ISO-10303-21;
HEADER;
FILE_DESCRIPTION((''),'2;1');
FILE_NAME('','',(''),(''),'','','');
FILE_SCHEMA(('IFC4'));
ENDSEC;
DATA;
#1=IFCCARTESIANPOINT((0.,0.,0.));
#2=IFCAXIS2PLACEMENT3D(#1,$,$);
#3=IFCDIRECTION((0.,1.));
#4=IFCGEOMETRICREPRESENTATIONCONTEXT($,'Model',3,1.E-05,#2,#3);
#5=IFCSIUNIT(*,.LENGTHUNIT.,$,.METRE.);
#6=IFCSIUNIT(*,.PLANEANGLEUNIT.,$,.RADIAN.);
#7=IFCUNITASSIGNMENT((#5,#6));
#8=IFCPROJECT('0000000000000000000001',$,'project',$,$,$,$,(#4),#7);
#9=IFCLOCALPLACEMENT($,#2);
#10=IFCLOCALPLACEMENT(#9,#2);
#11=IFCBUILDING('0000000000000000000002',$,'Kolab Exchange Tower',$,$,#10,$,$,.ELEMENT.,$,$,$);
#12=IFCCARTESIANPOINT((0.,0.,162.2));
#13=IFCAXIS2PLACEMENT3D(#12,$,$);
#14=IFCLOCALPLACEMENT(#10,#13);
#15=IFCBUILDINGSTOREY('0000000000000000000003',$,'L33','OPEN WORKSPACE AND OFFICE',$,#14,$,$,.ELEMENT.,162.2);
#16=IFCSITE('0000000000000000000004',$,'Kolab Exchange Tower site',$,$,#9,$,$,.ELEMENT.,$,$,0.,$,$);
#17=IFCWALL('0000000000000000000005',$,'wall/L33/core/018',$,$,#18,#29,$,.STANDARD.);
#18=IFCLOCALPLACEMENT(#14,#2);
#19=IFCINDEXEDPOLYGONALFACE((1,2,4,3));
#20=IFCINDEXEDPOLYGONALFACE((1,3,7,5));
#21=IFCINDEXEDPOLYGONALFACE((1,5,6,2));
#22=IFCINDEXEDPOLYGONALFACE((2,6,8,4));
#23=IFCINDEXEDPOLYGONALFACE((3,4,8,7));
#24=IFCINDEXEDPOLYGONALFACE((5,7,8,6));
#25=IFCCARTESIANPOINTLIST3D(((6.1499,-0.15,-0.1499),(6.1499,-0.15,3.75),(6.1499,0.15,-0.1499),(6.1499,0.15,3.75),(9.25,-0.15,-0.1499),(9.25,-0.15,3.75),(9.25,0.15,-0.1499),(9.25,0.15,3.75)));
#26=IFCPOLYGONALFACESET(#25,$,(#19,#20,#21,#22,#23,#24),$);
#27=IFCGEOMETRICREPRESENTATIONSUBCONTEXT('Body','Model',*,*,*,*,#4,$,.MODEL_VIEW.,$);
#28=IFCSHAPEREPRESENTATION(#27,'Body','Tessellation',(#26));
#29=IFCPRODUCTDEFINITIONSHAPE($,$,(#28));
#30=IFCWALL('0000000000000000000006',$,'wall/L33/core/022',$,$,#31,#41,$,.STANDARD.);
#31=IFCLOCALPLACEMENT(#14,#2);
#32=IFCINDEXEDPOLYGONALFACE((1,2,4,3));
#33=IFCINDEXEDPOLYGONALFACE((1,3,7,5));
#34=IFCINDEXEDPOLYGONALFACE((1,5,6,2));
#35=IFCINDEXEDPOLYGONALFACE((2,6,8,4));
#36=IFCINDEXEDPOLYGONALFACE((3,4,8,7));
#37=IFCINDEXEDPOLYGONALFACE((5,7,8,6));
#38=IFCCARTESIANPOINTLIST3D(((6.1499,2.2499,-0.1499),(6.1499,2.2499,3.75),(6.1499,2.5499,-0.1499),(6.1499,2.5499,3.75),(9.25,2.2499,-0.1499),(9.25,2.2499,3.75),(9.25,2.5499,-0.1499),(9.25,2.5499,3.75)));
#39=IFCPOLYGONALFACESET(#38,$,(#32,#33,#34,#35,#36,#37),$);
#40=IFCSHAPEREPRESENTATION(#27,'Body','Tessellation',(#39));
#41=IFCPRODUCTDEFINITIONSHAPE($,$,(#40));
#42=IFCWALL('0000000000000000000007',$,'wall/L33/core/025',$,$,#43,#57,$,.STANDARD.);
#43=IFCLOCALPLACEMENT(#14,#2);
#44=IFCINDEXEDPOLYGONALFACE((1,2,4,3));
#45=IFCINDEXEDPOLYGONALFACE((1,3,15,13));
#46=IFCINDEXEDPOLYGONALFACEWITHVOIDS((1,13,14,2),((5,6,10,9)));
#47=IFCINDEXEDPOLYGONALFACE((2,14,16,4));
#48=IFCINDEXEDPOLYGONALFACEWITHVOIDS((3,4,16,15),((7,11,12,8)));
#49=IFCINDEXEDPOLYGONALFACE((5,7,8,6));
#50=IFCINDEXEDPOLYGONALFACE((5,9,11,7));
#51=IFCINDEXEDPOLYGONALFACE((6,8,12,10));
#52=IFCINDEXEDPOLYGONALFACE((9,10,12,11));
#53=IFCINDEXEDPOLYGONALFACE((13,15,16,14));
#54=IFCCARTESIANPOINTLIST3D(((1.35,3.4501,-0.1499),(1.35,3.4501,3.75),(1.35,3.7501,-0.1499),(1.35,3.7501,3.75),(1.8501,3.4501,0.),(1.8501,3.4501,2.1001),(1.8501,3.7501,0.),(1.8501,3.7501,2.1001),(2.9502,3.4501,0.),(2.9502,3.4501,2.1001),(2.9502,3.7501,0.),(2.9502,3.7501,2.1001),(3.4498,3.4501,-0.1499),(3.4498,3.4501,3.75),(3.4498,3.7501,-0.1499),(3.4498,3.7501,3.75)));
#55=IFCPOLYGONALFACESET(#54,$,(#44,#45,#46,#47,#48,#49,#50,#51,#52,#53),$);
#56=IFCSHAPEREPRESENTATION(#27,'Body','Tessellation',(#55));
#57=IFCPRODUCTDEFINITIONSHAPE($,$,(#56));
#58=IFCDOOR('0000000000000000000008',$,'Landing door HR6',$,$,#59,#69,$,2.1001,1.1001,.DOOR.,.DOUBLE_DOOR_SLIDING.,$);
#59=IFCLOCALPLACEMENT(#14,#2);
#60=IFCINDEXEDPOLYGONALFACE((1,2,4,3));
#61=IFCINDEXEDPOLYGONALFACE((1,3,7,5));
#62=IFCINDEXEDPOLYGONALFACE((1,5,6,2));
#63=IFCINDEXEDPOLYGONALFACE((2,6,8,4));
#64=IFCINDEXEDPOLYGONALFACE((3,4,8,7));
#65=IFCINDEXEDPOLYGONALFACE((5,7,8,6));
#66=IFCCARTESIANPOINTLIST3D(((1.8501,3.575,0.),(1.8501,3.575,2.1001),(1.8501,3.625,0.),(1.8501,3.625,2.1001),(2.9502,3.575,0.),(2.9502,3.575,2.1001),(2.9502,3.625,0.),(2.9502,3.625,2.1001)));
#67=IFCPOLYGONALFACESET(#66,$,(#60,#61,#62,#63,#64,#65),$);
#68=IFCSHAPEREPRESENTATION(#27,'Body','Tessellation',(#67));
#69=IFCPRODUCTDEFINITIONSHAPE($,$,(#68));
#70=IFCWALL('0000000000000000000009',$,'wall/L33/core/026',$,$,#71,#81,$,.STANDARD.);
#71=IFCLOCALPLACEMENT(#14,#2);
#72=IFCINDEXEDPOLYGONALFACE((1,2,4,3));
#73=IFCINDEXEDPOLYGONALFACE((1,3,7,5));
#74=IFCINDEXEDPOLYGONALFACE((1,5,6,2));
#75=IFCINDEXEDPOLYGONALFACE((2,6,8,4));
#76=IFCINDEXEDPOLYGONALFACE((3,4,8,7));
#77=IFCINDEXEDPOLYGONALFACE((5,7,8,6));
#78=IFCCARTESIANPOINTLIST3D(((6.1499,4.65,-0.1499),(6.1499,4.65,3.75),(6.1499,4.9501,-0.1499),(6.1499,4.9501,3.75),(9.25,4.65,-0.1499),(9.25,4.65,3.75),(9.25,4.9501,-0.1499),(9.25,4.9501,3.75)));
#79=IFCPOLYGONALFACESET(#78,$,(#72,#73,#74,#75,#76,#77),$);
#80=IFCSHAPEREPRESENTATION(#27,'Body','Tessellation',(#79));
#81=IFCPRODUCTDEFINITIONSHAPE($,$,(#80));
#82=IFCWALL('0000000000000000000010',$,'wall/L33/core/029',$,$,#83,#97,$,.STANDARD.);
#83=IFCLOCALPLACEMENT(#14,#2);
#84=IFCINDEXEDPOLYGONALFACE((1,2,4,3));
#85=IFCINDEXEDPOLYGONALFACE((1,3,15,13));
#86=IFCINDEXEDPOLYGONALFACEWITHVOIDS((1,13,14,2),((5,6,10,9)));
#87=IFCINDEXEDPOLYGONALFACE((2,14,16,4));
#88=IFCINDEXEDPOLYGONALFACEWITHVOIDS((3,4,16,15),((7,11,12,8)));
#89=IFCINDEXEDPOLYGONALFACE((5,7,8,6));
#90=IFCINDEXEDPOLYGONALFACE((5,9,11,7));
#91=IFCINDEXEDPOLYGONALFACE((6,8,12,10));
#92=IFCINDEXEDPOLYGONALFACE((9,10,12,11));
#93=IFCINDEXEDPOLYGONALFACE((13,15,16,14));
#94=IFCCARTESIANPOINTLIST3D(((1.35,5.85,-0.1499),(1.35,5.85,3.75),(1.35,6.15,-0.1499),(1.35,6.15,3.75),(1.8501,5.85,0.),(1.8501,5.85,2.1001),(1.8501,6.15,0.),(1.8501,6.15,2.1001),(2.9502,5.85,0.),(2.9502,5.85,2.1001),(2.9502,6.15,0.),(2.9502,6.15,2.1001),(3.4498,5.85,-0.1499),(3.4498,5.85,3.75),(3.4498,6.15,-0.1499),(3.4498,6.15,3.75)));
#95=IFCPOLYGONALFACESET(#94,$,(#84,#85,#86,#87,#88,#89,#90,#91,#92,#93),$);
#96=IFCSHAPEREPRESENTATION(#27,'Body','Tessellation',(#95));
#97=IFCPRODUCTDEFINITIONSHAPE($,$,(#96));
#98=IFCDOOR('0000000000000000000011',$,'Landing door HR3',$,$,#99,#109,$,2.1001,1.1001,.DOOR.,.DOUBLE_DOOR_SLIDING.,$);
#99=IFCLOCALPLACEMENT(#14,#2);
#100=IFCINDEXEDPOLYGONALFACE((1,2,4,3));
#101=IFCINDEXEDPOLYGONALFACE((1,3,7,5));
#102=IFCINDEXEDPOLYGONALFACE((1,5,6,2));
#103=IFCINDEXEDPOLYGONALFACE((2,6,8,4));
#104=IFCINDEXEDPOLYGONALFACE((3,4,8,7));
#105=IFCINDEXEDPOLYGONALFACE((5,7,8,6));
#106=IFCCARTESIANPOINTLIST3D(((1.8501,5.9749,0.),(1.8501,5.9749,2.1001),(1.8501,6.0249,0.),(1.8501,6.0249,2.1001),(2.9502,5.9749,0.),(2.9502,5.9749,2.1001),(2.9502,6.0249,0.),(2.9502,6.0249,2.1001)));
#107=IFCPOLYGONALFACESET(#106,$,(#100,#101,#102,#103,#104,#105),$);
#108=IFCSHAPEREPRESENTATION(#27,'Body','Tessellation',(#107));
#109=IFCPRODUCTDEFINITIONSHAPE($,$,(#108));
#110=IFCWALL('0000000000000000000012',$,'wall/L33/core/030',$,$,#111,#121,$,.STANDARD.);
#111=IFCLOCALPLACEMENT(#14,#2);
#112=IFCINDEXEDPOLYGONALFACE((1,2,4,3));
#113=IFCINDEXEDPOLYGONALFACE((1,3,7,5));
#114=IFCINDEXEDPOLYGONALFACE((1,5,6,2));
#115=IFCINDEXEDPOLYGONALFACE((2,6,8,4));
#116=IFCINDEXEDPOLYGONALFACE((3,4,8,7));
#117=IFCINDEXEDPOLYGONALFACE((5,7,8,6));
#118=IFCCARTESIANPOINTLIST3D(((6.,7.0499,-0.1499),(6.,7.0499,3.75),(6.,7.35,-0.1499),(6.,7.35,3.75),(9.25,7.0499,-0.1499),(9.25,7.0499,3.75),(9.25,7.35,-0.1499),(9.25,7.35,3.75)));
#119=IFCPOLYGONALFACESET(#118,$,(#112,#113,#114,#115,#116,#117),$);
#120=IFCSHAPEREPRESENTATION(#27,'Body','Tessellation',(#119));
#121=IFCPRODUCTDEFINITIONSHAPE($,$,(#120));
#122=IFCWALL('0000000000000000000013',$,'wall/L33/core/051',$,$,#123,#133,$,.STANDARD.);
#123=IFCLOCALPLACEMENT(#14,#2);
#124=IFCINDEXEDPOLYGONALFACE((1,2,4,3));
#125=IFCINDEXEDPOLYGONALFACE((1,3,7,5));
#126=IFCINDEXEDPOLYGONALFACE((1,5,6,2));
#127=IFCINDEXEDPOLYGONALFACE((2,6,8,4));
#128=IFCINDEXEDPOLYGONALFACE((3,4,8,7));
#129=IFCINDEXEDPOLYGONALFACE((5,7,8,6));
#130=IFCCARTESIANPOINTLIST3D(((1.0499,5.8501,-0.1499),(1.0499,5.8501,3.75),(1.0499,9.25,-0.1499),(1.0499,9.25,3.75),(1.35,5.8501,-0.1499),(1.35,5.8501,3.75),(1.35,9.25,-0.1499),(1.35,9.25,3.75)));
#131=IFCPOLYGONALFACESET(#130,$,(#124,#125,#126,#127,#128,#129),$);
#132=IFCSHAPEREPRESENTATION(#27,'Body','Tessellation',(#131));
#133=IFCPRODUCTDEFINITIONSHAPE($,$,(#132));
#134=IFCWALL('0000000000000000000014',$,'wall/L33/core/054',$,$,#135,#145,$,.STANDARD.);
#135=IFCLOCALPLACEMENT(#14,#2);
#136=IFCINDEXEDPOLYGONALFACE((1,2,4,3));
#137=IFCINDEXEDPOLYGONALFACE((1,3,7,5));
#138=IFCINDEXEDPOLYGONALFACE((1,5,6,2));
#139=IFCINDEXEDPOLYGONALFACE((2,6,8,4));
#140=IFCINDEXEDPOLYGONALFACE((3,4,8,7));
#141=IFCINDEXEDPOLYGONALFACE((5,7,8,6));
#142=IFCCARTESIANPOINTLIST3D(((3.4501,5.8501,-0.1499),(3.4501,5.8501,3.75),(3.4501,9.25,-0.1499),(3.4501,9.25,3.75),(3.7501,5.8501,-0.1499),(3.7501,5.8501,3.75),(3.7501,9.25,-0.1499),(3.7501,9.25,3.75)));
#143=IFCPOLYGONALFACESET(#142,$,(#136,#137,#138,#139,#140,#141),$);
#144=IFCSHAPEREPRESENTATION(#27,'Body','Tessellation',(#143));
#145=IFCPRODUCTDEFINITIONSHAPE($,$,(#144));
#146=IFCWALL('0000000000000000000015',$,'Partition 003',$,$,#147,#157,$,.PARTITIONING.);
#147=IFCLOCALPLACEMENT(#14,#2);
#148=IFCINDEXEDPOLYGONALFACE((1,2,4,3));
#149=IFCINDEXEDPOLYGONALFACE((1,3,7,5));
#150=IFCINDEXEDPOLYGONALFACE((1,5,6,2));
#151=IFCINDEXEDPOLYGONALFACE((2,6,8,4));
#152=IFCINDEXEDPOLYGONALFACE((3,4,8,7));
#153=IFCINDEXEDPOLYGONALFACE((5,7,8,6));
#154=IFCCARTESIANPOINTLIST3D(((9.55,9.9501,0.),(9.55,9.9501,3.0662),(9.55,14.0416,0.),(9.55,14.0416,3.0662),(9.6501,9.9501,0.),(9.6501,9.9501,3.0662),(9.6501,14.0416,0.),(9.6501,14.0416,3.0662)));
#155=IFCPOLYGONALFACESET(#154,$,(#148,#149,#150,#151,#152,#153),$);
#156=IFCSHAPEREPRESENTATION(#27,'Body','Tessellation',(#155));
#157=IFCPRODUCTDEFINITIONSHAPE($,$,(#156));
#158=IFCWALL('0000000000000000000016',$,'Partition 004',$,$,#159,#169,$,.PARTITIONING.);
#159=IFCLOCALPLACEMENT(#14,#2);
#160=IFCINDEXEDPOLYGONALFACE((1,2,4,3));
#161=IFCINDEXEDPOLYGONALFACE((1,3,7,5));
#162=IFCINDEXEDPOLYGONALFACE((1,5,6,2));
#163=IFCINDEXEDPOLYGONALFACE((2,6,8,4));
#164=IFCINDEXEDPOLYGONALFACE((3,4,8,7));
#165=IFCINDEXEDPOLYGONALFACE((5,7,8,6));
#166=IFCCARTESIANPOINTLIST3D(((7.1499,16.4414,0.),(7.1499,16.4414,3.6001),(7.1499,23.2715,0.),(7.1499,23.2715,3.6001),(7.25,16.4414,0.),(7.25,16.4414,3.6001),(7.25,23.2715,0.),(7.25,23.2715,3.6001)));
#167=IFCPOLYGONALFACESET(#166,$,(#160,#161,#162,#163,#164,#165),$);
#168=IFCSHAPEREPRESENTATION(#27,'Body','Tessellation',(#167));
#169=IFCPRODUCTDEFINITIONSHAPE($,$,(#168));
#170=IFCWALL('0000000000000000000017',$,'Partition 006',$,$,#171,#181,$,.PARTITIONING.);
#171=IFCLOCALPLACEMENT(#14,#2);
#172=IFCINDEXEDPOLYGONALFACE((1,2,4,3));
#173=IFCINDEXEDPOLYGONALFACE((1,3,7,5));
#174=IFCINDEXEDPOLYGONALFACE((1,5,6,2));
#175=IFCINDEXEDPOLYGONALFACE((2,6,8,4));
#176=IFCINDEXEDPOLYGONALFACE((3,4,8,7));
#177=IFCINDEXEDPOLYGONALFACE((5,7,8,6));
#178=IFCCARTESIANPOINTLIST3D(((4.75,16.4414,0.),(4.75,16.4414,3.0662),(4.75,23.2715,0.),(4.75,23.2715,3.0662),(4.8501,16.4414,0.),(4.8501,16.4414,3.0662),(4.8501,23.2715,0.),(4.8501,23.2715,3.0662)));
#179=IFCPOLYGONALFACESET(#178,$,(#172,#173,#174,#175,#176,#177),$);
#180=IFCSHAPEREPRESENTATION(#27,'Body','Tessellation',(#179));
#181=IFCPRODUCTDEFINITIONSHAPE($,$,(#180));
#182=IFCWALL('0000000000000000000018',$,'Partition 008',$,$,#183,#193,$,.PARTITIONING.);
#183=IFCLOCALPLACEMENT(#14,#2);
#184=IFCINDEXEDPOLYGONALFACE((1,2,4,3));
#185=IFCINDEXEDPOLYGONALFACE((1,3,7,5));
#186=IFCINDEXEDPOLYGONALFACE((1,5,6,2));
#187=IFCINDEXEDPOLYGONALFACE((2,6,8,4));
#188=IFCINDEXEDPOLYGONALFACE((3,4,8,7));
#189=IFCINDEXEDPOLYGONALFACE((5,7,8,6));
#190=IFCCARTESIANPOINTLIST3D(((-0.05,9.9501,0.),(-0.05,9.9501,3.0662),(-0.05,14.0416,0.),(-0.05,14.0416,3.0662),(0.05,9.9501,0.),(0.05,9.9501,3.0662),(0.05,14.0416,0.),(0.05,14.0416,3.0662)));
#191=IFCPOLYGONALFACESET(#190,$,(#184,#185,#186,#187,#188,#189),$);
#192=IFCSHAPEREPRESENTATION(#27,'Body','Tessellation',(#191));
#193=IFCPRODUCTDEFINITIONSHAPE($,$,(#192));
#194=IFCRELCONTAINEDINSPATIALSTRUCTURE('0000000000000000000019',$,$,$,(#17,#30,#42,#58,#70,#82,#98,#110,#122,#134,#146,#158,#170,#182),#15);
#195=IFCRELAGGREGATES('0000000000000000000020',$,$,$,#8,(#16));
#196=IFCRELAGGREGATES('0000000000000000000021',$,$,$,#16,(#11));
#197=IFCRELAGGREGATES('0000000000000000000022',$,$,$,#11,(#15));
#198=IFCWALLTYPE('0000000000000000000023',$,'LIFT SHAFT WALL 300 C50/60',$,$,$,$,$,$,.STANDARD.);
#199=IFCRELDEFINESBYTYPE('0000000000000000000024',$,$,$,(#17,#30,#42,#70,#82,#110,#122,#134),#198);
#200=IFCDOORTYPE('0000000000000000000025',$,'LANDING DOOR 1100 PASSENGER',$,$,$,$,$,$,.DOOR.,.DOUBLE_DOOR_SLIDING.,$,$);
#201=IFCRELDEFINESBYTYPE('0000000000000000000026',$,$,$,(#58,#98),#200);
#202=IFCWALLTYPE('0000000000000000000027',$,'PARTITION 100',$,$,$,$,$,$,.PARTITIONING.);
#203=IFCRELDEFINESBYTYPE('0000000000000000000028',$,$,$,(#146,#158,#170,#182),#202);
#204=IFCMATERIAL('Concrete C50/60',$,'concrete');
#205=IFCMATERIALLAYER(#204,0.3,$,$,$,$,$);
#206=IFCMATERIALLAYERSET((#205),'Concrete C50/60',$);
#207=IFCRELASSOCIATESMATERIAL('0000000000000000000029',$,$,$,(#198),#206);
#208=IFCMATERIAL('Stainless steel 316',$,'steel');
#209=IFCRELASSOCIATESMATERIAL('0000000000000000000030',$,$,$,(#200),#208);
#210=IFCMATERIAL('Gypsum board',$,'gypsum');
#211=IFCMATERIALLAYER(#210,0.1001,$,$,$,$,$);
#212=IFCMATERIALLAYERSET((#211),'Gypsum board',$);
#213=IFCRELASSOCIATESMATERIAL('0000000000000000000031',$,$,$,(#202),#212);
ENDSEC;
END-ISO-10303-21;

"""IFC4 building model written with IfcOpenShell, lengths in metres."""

from ifc_helpers import new_model, si_unit, direction, frame, frame_2d, origin, place, context, subcontext, project, spatial, rectangle, extrude, material, layer, layer_set, type_object, element, fill, save


model = new_model("IFC4")

# Units and contexts
model_context = context("Model", 3, precision=1e-05, world=origin(), true_north=direction((0.0, 1.0)))
body_context = subcontext(model_context, "Body", "Model", "MODEL_VIEW")
ifc_project = project(units=[si_unit("LENGTHUNIT", "METRE"), si_unit("PLANEANGLEUNIT", "RADIAN")], contexts=[model_context])

# Site, building, storey
site_placement = place(None, origin())
site = spatial("IfcSite", under=ifc_project, at=site_placement, Name="Kolab Exchange Tower site", CompositionType="ELEMENT", RefElevation=0.0)
building_placement = place(site_placement, origin())
building = spatial("IfcBuilding", under=site, at=building_placement, Name="Kolab Exchange Tower", CompositionType="ELEMENT")
storey_placement = place(building_placement, frame((0.0, 0.0, 162.2)))
storey = spatial("IfcBuildingStorey", under=building, at=storey_placement, Name="L33", Description="OPEN WORKSPACE AND OFFICE", CompositionType="ELEMENT", Elevation=162.2)

# Shared definitions
ifc_material_1 = material(Name="Concrete C50/60", Category="concrete")

# Walls
ifc_layer_1 = layer(ifc_material_1, 0.3)
ifc_layer_set_1 = layer_set([ifc_layer_1], Name="Concrete C50/60")
wall_type_1 = type_object("IfcWallType", Name="LIFT SHAFT WALL 300 C50/60", PredefinedType="STANDARD", material=ifc_layer_set_1)
for number, where, z_axis, x_axis, name in (
    (1, (6.1499, 0.0, -0.1499), (0.0, 0.0, 1.0), (1.0, 0.0, 0.0), "wall/L33/core/018"),
    (2, (6.1499, 2.3999, -0.1499), (0.0, 0.0, 1.0), (1.0, 0.0, 0.0), "wall/L33/core/022"),
):
    element("IfcWall", number, at=place(storey_placement, frame(where, z_axis=z_axis, x_axis=x_axis)), inside=storey, type_object=wall_type_1, Name=name, PredefinedType="STANDARD", context=body_context, shape_type="SweptSolid", body=[
        extrude(rectangle(XDim=3.1001, YDim=0.3, at=frame_2d((1.55, 0.0))), origin(), (0.0, 0.0, 1.0), 3.8999),
    ])

# Wall, opening, door
wall_1_placement = place(storey_placement, frame((1.3501, 3.6001, -0.1499), z_axis=(0.0, 0.0, 1.0), x_axis=(1.0, 0.0, 0.0)))
wall_1 = element("IfcWall", 3, at=wall_1_placement, inside=storey, type_object=wall_type_1, Name="wall/L33/core/025", PredefinedType="STANDARD", context=body_context, shape_type="SweptSolid", body=[
    extrude(rectangle(XDim=2.0999, YDim=0.3, at=frame_2d((1.0498, 0.0))), origin(), (0.0, 0.0, 1.0), 3.8999),
])
opening_1_placement = place(wall_1_placement, frame((0.5, 0.0, 0.1499)))
opening_1 = element("IfcOpeningElement", 4, at=opening_1_placement, cuts=wall_1, PredefinedType="OPENING", context=body_context, shape_type="SweptSolid", body=[
    extrude(rectangle(XDim=1.1001, YDim=2.1001, at=frame_2d((0.55, 1.05))), frame((0.0, 0.1602, 0.0), z_axis=(0.0, -1.0, 0.0), x_axis=(1.0, 0.0, 0.0)), (0.0, 0.0, 1.0), 0.3201),
])
ifc_material_2 = material(Name="Stainless steel 316", Category="steel")
door_type_1 = type_object("IfcDoorType", Name="LANDING DOOR 1100 PASSENGER", OperationType="DOUBLE_DOOR_SLIDING", PredefinedType="DOOR", material=ifc_material_2)
door_1_placement = place(opening_1_placement, origin())
door_1 = element("IfcDoor", 5, at=door_1_placement, inside=storey, type_object=door_type_1, Name="Landing door HR6", OperationType="DOUBLE_DOOR_SLIDING", OverallHeight=2.1001, OverallWidth=1.1001, PredefinedType="DOOR", context=body_context, shape_type="SweptSolid", body=[
    extrude(rectangle(XDim=1.1001, YDim=2.1001, at=frame_2d((0.55, 1.05))), frame((0.0, 0.0249, 0.0), z_axis=(0.0, -1.0, 0.0), x_axis=(1.0, 0.0, 0.0)), (0.0, 0.0, 1.0), 0.05),
])
fill(opening_1, door_1)

# Wall
wall_2_placement = place(storey_placement, frame((6.1499, 4.8, -0.1499), z_axis=(0.0, 0.0, 1.0), x_axis=(1.0, 0.0, 0.0)))
element("IfcWall", 6, at=wall_2_placement, inside=storey, type_object=wall_type_1, Name="wall/L33/core/026", PredefinedType="STANDARD", context=body_context, shape_type="SweptSolid", body=[
    extrude(rectangle(XDim=3.1001, YDim=0.3, at=frame_2d((1.55, 0.0))), origin(), (0.0, 0.0, 1.0), 3.8999),
])

# Wall, opening, door
wall_3_placement = place(storey_placement, frame((1.3501, 6.0, -0.1499), z_axis=(0.0, 0.0, 1.0), x_axis=(1.0, 0.0, 0.0)))
wall_3 = element("IfcWall", 7, at=wall_3_placement, inside=storey, type_object=wall_type_1, Name="wall/L33/core/029", PredefinedType="STANDARD", context=body_context, shape_type="SweptSolid", body=[
    extrude(rectangle(XDim=2.0999, YDim=0.3, at=frame_2d((1.0498, 0.0))), origin(), (0.0, 0.0, 1.0), 3.8999),
])
opening_2_placement = place(wall_3_placement, frame((0.5, 0.0, 0.1499)))
opening_2 = element("IfcOpeningElement", 8, at=opening_2_placement, cuts=wall_3, PredefinedType="OPENING", context=body_context, shape_type="SweptSolid", body=[
    extrude(rectangle(XDim=1.1001, YDim=2.1001, at=frame_2d((0.55, 1.05))), frame((0.0, 0.1602, 0.0), z_axis=(0.0, -1.0, 0.0), x_axis=(1.0, 0.0, 0.0)), (0.0, 0.0, 1.0), 0.3201),
])
door_2_placement = place(opening_2_placement, origin())
door_2 = element("IfcDoor", 9, at=door_2_placement, inside=storey, type_object=door_type_1, Name="Landing door HR3", OperationType="DOUBLE_DOOR_SLIDING", OverallHeight=2.1001, OverallWidth=1.1001, PredefinedType="DOOR", context=body_context, shape_type="SweptSolid", body=[
    extrude(rectangle(XDim=1.1001, YDim=2.1001, at=frame_2d((0.55, 1.05))), frame((0.0, 0.0249, 0.0), z_axis=(0.0, -1.0, 0.0), x_axis=(1.0, 0.0, 0.0)), (0.0, 0.0, 1.0), 0.05),
])
fill(opening_2, door_2)

# Walls
wall_4_placement = place(storey_placement, frame((6.0, 7.2, -0.1499), z_axis=(0.0, 0.0, 1.0), x_axis=(1.0, 0.0, 0.0)))
element("IfcWall", 10, at=wall_4_placement, inside=storey, type_object=wall_type_1, Name="wall/L33/core/030", PredefinedType="STANDARD", context=body_context, shape_type="SweptSolid", body=[
    extrude(rectangle(XDim=3.25, YDim=0.3, at=frame_2d((1.625, 0.0))), origin(), (0.0, 0.0, 1.0), 3.8999),
])
for number, where, z_axis, x_axis, name in (
    (11, (1.2, 5.8501, -0.1499), (0.0, 0.0, 1.0), (0.0, 1.0, 0.0), "wall/L33/core/051"),
    (12, (3.6001, 5.8501, -0.1499), (0.0, 0.0, 1.0), (0.0, 1.0, 0.0), "wall/L33/core/054"),
):
    element("IfcWall", number, at=place(storey_placement, frame(where, z_axis=z_axis, x_axis=x_axis)), inside=storey, type_object=wall_type_1, Name=name, PredefinedType="STANDARD", context=body_context, shape_type="SweptSolid", body=[
        extrude(rectangle(XDim=3.3999, YDim=0.3, at=frame_2d((1.7, 0.0))), origin(), (0.0, 0.0, 1.0), 3.8999),
    ])
ifc_material_3 = material(Name="Gypsum board", Category="gypsum")
ifc_layer_2 = layer(ifc_material_3, 0.1001)
ifc_layer_set_2 = layer_set([ifc_layer_2], Name="Gypsum board")
wall_type_2 = type_object("IfcWallType", Name="PARTITION 100", PredefinedType="PARTITIONING", material=ifc_layer_set_2)
wall_5_placement = place(storey_placement, frame((9.6001, 9.95, 0.0), z_axis=(0.0, 0.0, 1.0), x_axis=(0.0, 1.0, 0.0)))
element("IfcWall", 13, at=wall_5_placement, inside=storey, type_object=wall_type_2, Name="Partition 003", PredefinedType="PARTITIONING", context=body_context, shape_type="SweptSolid", body=[
    extrude(rectangle(XDim=4.0916, YDim=0.1001, at=frame_2d((2.0459, 0.0))), origin(), (0.0, 0.0, 1.0), 3.0662),
])
wall_6_placement = place(storey_placement, frame((7.2, 16.4414, 0.0), z_axis=(0.0, 0.0, 1.0), x_axis=(0.0, 1.0, 0.0)))
element("IfcWall", 14, at=wall_6_placement, inside=storey, type_object=wall_type_2, Name="Partition 004", PredefinedType="PARTITIONING", context=body_context, shape_type="SweptSolid", body=[
    extrude(rectangle(XDim=6.8301, YDim=0.1001, at=frame_2d((3.415, 0.0))), origin(), (0.0, 0.0, 1.0), 3.6001),
])
wall_7_placement = place(storey_placement, frame((4.8, 16.4414, 0.0), z_axis=(0.0, 0.0, 1.0), x_axis=(0.0, 1.0, 0.0)))
element("IfcWall", 15, at=wall_7_placement, inside=storey, type_object=wall_type_2, Name="Partition 006", PredefinedType="PARTITIONING", context=body_context, shape_type="SweptSolid", body=[
    extrude(rectangle(XDim=6.8301, YDim=0.1001, at=frame_2d((3.415, 0.0))), origin(), (0.0, 0.0, 1.0), 3.0662),
])
wall_8_placement = place(storey_placement, frame((0.0, 9.95, 0.0), z_axis=(0.0, 0.0, 1.0), x_axis=(0.0, 1.0, 0.0)))
element("IfcWall", 16, at=wall_8_placement, inside=storey, type_object=wall_type_2, Name="Partition 008", PredefinedType="PARTITIONING", context=body_context, shape_type="SweptSolid", body=[
    extrude(rectangle(XDim=4.0916, YDim=0.1001, at=frame_2d((2.0459, 0.0))), origin(), (0.0, 0.0, 1.0), 3.0662),
])

save(model, "model.ifc")
